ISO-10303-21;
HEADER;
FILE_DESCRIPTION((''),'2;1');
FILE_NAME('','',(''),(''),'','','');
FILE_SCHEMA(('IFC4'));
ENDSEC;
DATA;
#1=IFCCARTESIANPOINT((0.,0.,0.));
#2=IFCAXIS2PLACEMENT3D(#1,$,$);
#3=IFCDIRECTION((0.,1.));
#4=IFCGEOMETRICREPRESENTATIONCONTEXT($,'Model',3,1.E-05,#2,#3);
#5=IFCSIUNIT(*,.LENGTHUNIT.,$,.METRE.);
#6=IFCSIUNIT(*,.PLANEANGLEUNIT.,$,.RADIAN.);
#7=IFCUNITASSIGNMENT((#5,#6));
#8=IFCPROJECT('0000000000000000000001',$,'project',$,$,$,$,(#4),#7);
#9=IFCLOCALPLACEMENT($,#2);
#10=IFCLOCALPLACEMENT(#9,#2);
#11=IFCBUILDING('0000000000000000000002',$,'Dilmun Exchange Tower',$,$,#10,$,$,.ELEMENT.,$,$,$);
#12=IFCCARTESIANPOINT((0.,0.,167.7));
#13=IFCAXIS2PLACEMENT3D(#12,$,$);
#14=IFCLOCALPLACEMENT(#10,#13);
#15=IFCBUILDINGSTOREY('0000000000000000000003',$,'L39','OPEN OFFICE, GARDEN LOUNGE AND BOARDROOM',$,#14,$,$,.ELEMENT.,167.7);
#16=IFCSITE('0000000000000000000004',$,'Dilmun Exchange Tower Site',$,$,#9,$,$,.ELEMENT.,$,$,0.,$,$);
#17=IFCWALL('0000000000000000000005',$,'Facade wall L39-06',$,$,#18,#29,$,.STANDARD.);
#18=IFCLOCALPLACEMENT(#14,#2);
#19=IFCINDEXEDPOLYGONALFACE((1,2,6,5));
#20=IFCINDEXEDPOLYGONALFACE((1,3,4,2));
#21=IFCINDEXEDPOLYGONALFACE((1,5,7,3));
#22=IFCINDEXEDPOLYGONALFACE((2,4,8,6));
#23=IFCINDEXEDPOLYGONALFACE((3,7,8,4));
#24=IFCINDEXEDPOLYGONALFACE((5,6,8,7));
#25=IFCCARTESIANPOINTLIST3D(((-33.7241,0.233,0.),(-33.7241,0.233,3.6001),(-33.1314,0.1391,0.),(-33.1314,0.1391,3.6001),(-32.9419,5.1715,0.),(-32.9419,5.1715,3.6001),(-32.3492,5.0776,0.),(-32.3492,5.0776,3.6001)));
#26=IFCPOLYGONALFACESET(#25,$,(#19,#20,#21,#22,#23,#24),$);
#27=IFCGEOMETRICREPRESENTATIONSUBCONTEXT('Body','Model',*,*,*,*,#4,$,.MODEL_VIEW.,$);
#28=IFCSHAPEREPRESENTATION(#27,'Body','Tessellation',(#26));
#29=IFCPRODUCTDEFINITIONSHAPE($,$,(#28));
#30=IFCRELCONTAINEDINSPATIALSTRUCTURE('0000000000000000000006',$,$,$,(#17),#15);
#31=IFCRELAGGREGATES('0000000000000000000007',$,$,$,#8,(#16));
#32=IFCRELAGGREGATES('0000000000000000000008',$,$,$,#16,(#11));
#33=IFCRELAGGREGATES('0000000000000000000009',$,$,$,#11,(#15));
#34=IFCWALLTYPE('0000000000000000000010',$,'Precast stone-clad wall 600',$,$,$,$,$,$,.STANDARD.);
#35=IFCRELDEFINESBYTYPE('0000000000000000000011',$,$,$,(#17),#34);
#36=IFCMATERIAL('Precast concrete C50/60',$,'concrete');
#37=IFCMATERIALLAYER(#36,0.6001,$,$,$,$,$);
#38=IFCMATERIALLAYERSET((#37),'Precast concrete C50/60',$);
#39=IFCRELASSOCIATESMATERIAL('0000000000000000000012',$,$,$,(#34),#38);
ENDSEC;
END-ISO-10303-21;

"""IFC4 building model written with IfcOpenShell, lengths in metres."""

from ifc_helpers import new_model, si_unit, direction, frame, frame_2d, origin, place, context, subcontext, project, spatial, rectangle, extrude, material, layer, layer_set, type_object, element, save


model = new_model("IFC4")

# Units and contexts
model_context = context("Model", 3, precision=1e-05, world=origin(), true_north=direction((0.0, 1.0)))
body_context = subcontext(model_context, "Body", "Model", "MODEL_VIEW")
ifc_project = project(units=[si_unit("LENGTHUNIT", "METRE"), si_unit("PLANEANGLEUNIT", "RADIAN")], contexts=[model_context])

# Site, building, storey
site_placement = place(None, origin())
site = spatial("IfcSite", under=ifc_project, at=site_placement, Name="Dilmun Exchange Tower Site", CompositionType="ELEMENT", RefElevation=0.0)
building_placement = place(site_placement, origin())
building = spatial("IfcBuilding", under=site, at=building_placement, Name="Dilmun Exchange Tower", CompositionType="ELEMENT")
storey_placement = place(building_placement, frame((0.0, 0.0, 167.7)))
storey = spatial("IfcBuildingStorey", under=building, at=storey_placement, Name="L39", Description="OPEN OFFICE, GARDEN LOUNGE AND BOARDROOM", CompositionType="ELEMENT", Elevation=167.7)

# Wall
ifc_material_1 = material(Name="Precast concrete C50/60", Category="concrete")
ifc_layer_1 = layer(ifc_material_1, 0.6001)
ifc_layer_set_1 = layer_set([ifc_layer_1], Name="Precast concrete C50/60")
wall_type_1 = type_object("IfcWallType", Name="Precast stone-clad wall 600", PredefinedType="STANDARD", material=ifc_layer_set_1)
wall_1_placement = place(storey_placement, frame((-32.6455, 5.1245, 0.0), z_axis=(0.0, 0.0, 1.0), x_axis=(-0.156444, -0.987687, 0.0)))
element("IfcWall", 1, at=wall_1_placement, inside=storey, type_object=wall_type_1, Name="Facade wall L39-06", PredefinedType="STANDARD", context=body_context, shape_type="SweptSolid", body=[
    extrude(rectangle(XDim=5.0, YDim=0.6001, at=frame_2d((2.5, 0.0))), origin(), (0.0, 0.0, 1.0), 3.6001),
])

save(model, "model.ifc")
